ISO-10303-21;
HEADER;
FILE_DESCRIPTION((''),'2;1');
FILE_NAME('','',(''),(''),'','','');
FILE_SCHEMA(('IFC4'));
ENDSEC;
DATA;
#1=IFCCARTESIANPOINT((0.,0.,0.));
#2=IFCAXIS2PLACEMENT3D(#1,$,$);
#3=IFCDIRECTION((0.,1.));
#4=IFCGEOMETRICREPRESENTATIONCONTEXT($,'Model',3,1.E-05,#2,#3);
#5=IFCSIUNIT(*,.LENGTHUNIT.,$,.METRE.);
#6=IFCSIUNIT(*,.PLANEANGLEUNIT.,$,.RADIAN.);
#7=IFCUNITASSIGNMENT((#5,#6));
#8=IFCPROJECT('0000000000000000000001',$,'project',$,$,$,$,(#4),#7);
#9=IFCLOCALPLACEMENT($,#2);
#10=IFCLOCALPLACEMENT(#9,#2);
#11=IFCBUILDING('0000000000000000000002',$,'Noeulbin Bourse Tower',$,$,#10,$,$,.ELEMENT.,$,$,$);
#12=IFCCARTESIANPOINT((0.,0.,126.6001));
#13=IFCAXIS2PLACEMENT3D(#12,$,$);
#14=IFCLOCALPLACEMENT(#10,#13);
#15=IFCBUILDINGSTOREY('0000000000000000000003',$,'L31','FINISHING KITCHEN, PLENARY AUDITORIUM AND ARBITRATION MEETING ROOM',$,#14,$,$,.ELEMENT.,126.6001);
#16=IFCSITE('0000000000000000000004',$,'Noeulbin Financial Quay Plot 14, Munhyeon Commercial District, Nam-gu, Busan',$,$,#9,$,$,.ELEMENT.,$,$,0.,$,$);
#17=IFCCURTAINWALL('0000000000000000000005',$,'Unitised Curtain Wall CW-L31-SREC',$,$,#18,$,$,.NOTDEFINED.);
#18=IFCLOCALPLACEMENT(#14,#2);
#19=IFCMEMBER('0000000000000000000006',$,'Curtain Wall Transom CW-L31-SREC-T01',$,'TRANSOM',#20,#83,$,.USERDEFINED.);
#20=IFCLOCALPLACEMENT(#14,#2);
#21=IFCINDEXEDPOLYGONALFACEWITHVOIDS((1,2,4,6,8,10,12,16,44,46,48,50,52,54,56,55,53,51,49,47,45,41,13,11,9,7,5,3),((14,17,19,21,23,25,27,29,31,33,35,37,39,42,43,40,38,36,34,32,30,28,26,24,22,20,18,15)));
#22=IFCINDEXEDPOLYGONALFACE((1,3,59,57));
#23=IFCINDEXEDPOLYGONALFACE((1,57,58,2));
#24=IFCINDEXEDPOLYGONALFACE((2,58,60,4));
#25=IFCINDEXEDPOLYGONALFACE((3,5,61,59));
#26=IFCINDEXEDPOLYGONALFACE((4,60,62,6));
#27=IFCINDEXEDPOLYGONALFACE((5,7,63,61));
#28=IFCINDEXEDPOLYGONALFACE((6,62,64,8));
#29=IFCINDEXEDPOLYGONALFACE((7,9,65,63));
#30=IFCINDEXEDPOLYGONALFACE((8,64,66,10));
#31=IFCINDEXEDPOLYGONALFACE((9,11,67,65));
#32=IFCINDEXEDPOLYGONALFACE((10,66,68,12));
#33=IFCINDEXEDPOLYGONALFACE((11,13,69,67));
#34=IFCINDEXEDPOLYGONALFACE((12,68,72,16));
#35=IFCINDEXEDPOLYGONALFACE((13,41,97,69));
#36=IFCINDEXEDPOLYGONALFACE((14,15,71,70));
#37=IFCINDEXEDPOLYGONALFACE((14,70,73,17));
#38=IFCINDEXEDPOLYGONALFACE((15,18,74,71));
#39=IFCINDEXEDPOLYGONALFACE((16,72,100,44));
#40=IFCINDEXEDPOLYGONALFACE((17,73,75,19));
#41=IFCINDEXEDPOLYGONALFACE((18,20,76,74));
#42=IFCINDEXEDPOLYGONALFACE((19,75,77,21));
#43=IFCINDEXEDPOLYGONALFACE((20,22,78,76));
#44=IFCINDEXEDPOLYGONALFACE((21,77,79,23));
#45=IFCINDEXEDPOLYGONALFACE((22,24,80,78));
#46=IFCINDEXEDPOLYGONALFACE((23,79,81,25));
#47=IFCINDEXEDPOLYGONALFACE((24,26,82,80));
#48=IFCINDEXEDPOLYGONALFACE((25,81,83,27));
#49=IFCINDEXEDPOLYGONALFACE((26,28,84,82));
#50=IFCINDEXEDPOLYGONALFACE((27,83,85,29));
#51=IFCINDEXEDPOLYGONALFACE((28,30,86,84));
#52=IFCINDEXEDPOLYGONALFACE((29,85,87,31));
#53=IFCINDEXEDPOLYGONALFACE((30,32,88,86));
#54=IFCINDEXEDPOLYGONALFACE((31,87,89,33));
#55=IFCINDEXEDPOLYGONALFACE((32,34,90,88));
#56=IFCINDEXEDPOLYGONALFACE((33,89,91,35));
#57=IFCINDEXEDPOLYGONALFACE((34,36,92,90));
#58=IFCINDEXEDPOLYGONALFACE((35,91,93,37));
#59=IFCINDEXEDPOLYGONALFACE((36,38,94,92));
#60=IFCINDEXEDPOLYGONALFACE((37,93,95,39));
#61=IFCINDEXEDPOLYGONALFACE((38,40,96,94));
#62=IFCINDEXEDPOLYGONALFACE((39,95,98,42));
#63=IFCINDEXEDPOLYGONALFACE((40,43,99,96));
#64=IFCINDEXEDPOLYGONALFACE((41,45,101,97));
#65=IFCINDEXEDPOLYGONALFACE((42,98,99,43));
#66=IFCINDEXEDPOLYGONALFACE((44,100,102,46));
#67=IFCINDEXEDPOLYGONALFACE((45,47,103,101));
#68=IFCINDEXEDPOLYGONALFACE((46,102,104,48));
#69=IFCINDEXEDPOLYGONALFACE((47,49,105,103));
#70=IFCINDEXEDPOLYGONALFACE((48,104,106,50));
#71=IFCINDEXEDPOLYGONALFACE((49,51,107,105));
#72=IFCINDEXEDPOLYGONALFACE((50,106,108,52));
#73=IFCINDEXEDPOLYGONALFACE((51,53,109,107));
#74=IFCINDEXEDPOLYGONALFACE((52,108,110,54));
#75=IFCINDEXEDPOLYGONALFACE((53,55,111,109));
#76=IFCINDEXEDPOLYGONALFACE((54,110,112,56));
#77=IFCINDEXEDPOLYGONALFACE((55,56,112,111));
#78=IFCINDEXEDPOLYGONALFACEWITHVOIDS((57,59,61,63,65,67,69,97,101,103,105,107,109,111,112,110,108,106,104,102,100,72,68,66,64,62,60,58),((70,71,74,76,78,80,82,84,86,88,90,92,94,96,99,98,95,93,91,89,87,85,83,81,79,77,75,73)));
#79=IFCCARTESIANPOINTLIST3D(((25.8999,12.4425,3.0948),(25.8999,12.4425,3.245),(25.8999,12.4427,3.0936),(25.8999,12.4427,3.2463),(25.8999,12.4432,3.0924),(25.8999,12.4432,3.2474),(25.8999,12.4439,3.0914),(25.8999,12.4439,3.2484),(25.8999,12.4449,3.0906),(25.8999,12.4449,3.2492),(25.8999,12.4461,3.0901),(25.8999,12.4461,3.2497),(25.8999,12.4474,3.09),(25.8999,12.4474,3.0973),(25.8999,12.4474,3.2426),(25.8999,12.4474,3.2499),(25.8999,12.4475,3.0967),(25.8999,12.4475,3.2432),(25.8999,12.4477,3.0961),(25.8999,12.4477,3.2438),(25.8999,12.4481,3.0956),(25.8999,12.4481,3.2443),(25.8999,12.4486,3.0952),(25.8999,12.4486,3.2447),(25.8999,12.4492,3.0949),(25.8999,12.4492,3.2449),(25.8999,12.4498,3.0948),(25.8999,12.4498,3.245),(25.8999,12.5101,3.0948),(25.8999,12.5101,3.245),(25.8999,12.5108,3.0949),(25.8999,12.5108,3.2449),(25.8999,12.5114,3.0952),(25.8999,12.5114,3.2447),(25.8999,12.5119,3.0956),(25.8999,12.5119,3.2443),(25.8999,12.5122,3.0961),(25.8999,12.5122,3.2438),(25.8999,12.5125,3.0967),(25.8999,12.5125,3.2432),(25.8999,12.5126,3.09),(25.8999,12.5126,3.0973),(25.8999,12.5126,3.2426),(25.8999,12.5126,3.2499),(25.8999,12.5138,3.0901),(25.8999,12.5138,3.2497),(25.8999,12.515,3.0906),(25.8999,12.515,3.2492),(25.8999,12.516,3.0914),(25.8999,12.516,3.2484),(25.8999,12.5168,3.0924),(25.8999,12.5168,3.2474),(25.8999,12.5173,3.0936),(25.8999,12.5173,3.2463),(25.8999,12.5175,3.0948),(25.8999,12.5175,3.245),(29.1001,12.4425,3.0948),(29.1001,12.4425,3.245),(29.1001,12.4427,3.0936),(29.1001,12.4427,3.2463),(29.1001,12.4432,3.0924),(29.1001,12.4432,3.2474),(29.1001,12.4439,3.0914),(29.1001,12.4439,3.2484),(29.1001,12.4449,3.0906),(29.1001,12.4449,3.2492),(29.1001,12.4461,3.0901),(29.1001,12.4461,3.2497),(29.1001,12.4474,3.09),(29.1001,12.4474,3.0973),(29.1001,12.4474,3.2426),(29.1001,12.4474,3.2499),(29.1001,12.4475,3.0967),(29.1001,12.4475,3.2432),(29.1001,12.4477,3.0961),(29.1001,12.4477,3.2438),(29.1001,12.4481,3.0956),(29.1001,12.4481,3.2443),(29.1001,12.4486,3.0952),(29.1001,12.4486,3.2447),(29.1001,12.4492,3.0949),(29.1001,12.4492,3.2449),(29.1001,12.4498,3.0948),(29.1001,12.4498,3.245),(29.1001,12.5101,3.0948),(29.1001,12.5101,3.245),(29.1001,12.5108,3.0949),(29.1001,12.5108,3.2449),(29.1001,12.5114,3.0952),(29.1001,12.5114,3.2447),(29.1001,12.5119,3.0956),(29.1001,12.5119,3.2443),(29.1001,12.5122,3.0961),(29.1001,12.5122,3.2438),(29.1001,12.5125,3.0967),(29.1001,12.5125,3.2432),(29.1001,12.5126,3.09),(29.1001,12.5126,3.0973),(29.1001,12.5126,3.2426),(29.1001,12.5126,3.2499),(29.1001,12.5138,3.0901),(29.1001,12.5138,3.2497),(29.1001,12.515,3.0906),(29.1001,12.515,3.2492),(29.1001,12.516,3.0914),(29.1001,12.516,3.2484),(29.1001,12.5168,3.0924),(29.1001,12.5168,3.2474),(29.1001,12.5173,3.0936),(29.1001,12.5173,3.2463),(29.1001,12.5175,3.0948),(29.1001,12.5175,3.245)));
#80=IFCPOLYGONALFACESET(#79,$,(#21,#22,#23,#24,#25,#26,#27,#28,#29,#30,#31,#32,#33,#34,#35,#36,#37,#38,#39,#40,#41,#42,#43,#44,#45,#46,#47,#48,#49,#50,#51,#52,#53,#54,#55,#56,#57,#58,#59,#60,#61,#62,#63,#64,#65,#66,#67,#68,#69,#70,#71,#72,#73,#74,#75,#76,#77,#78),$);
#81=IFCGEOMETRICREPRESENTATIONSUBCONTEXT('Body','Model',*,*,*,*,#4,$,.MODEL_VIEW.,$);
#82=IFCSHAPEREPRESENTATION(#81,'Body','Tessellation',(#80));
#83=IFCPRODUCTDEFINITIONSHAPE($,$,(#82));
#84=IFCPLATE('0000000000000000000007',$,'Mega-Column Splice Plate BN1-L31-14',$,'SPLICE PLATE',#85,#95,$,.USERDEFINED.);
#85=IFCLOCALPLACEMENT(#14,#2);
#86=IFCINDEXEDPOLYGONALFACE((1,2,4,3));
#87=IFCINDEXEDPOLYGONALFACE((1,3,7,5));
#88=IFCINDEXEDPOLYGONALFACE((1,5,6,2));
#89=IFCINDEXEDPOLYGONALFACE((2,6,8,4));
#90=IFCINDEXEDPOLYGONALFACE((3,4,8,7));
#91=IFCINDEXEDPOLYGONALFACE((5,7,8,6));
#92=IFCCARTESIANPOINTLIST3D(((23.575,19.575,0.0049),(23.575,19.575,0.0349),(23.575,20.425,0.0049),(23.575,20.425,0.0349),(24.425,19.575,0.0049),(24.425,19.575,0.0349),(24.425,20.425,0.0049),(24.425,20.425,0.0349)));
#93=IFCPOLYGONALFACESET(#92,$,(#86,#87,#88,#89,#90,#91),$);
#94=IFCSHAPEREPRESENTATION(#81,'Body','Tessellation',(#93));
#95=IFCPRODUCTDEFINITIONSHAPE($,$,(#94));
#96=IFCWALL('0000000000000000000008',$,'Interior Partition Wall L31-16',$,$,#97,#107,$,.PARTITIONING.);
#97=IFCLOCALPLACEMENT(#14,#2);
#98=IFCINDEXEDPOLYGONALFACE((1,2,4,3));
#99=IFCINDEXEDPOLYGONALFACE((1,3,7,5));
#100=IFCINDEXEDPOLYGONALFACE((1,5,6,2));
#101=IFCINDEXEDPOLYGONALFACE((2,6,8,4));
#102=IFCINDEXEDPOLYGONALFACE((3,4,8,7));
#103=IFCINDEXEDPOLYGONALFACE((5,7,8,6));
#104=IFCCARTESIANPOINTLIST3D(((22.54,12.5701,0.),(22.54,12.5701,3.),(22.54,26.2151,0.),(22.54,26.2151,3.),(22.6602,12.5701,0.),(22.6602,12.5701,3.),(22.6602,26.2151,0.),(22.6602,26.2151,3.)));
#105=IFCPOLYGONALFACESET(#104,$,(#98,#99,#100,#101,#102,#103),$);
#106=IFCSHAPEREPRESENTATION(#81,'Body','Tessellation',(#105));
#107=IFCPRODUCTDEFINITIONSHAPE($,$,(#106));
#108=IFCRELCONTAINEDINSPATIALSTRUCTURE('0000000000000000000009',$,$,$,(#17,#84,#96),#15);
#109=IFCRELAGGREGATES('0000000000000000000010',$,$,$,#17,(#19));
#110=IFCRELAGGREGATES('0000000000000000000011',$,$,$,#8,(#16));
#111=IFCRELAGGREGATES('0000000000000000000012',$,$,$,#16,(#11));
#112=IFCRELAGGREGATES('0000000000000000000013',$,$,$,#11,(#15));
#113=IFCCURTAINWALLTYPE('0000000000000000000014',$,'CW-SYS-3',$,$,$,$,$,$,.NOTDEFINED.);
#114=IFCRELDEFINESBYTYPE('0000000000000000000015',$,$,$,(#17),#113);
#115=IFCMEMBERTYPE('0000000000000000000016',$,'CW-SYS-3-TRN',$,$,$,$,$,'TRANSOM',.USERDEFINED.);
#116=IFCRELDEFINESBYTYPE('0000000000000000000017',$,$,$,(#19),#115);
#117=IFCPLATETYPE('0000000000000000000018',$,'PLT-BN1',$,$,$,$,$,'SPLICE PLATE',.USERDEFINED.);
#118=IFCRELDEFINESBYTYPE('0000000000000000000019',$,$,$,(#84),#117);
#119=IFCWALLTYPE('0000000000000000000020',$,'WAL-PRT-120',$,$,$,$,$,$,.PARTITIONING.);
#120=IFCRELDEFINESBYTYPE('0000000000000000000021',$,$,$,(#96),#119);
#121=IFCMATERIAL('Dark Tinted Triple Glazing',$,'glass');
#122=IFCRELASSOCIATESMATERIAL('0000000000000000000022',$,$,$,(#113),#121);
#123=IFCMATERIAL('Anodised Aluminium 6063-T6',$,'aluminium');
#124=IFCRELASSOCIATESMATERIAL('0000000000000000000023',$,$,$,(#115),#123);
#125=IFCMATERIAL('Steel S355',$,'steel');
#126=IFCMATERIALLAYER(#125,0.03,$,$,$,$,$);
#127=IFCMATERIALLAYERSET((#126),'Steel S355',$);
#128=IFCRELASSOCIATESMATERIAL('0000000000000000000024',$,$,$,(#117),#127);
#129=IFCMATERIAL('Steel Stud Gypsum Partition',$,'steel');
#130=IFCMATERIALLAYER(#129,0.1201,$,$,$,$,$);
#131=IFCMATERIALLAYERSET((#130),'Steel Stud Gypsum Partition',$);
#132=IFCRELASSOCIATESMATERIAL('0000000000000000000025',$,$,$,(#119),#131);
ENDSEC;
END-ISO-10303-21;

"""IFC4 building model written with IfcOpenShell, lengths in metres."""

from ifc_helpers import new_model, si_unit, direction, frame, frame_2d, origin, origin_2d, place, context, subcontext, project, spatial, rectangle, hollow_rectangle, extrude, material, layer, layer_set, material_profile, profile_set, type_object, element, aggregate, save


model = new_model("IFC4")

# Units and contexts
model_context = context("Model", 3, precision=1e-05, world=origin(), true_north=direction((0.0, 1.0)))
body_context = subcontext(model_context, "Body", "Model", "MODEL_VIEW")
ifc_project = project(units=[si_unit("LENGTHUNIT", "METRE"), si_unit("PLANEANGLEUNIT", "RADIAN")], contexts=[model_context])

# Site, building, storey
site_placement = place(None, origin())
site = spatial("IfcSite", under=ifc_project, at=site_placement, Name="Noeulbin Financial Quay Plot 14, Munhyeon Commercial District, Nam-gu, Busan", CompositionType="ELEMENT", RefElevation=0.0)
building_placement = place(site_placement, origin())
building = spatial("IfcBuilding", under=site, at=building_placement, Name="Noeulbin Bourse Tower", CompositionType="ELEMENT")
storey_placement = place(building_placement, frame((0.0, 0.0, 126.6001)))
storey = spatial("IfcBuildingStorey", under=building, at=storey_placement, Name="L31", Description="FINISHING KITCHEN, PLENARY AUDITORIUM AND ARBITRATION MEETING ROOM", CompositionType="ELEMENT", Elevation=126.6001)

# Shared definitions
ifc_material_1 = material(Name="Steel S355", Category="steel")

# Curtain wall, member
ifc_material_2 = material(Name="Dark Tinted Triple Glazing", Category="glass")
curtain_wall_type = type_object("IfcCurtainWallType", Name="CW-SYS-3", PredefinedType="NOTDEFINED", material=ifc_material_2)
curtain_wall_placement = place(storey_placement, origin())
curtain_wall = element("IfcCurtainWall", 1, at=curtain_wall_placement, inside=storey, type_object=curtain_wall_type, Name="Unitised Curtain Wall CW-L31-SREC", PredefinedType="NOTDEFINED")
ifc_material_3 = material(Name="Anodised Aluminium 6063-T6", Category="aluminium")
ifc_material_profile_1 = material_profile(ifc_material_3, hollow_rectangle(XDim=0.075, YDim=0.1599, WallThickness=0.0049, InnerFilletRadius=0.0024, OuterFilletRadius=0.0049, at=origin_2d()), Name="ALU-TRAN-75x160x5", Category="LoadBearing")
ifc_profile_set_1 = profile_set([ifc_material_profile_1], Name="Anodised Aluminium 6063-T6")
member_type_1 = type_object("IfcMemberType", Name="CW-SYS-3-TRN", ElementType="TRANSOM", PredefinedType="USERDEFINED", material=ifc_profile_set_1)
member_1_placement = place(storey_placement, frame((25.8999, 12.48, 3.1699), z_axis=(1.0, 0.0, 0.0), x_axis=(0.0, 1.0, 0.0)))
member_1 = element("IfcMember", 2, at=member_1_placement, type_object=member_type_1, Name="Curtain Wall Transom CW-L31-SREC-T01", ObjectType="TRANSOM", PredefinedType="USERDEFINED", context=body_context, shape_type="SweptSolid", body=[
    extrude(hollow_rectangle(XDim=0.075, YDim=0.1599, WallThickness=0.0049, InnerFilletRadius=0.0024, OuterFilletRadius=0.0049, at=origin_2d()), origin(), (0.0, 0.0, 1.0), 3.2002),
])
aggregate(curtain_wall, [member_1])

# Plate
ifc_layer_1 = layer(ifc_material_1, 0.03)
ifc_layer_set_1 = layer_set([ifc_layer_1], Name="Steel S355")
plate_type = type_object("IfcPlateType", Name="PLT-BN1", ElementType="SPLICE PLATE", PredefinedType="USERDEFINED", material=ifc_layer_set_1)
plate_placement = place(storey_placement, frame((24.0, 20.0, 0.0049), z_axis=(0.0, 0.0, 1.0), x_axis=(1.0, 0.0, 0.0)))
element("IfcPlate", 3, at=plate_placement, inside=storey, type_object=plate_type, Name="Mega-Column Splice Plate BN1-L31-14", ObjectType="SPLICE PLATE", PredefinedType="USERDEFINED", context=body_context, shape_type="SweptSolid", body=[
    extrude(rectangle(XDim=0.8501, YDim=0.8501, at=origin_2d()), origin(), (0.0, 0.0, 1.0), 0.03),
])

# Wall
ifc_material_4 = material(Name="Steel Stud Gypsum Partition", Category="steel")
ifc_layer_2 = layer(ifc_material_4, 0.1201)
ifc_layer_set_2 = layer_set([ifc_layer_2], Name="Steel Stud Gypsum Partition")
wall_type = type_object("IfcWallType", Name="WAL-PRT-120", PredefinedType="PARTITIONING", material=ifc_layer_set_2)
wall_placement = place(storey_placement, frame((22.6001, 12.5701, 0.0), z_axis=(0.0, 0.0, 1.0), x_axis=(0.0, 1.0, 0.0)))
element("IfcWall", 4, at=wall_placement, inside=storey, type_object=wall_type, Name="Interior Partition Wall L31-16", PredefinedType="PARTITIONING", context=body_context, shape_type="SweptSolid", body=[
    extrude(rectangle(XDim=13.645, YDim=0.1201, at=frame_2d((6.8225, 0.0))), origin(), (0.0, 0.0, 1.0), 3.0),
])

save(model, "model.ifc")
